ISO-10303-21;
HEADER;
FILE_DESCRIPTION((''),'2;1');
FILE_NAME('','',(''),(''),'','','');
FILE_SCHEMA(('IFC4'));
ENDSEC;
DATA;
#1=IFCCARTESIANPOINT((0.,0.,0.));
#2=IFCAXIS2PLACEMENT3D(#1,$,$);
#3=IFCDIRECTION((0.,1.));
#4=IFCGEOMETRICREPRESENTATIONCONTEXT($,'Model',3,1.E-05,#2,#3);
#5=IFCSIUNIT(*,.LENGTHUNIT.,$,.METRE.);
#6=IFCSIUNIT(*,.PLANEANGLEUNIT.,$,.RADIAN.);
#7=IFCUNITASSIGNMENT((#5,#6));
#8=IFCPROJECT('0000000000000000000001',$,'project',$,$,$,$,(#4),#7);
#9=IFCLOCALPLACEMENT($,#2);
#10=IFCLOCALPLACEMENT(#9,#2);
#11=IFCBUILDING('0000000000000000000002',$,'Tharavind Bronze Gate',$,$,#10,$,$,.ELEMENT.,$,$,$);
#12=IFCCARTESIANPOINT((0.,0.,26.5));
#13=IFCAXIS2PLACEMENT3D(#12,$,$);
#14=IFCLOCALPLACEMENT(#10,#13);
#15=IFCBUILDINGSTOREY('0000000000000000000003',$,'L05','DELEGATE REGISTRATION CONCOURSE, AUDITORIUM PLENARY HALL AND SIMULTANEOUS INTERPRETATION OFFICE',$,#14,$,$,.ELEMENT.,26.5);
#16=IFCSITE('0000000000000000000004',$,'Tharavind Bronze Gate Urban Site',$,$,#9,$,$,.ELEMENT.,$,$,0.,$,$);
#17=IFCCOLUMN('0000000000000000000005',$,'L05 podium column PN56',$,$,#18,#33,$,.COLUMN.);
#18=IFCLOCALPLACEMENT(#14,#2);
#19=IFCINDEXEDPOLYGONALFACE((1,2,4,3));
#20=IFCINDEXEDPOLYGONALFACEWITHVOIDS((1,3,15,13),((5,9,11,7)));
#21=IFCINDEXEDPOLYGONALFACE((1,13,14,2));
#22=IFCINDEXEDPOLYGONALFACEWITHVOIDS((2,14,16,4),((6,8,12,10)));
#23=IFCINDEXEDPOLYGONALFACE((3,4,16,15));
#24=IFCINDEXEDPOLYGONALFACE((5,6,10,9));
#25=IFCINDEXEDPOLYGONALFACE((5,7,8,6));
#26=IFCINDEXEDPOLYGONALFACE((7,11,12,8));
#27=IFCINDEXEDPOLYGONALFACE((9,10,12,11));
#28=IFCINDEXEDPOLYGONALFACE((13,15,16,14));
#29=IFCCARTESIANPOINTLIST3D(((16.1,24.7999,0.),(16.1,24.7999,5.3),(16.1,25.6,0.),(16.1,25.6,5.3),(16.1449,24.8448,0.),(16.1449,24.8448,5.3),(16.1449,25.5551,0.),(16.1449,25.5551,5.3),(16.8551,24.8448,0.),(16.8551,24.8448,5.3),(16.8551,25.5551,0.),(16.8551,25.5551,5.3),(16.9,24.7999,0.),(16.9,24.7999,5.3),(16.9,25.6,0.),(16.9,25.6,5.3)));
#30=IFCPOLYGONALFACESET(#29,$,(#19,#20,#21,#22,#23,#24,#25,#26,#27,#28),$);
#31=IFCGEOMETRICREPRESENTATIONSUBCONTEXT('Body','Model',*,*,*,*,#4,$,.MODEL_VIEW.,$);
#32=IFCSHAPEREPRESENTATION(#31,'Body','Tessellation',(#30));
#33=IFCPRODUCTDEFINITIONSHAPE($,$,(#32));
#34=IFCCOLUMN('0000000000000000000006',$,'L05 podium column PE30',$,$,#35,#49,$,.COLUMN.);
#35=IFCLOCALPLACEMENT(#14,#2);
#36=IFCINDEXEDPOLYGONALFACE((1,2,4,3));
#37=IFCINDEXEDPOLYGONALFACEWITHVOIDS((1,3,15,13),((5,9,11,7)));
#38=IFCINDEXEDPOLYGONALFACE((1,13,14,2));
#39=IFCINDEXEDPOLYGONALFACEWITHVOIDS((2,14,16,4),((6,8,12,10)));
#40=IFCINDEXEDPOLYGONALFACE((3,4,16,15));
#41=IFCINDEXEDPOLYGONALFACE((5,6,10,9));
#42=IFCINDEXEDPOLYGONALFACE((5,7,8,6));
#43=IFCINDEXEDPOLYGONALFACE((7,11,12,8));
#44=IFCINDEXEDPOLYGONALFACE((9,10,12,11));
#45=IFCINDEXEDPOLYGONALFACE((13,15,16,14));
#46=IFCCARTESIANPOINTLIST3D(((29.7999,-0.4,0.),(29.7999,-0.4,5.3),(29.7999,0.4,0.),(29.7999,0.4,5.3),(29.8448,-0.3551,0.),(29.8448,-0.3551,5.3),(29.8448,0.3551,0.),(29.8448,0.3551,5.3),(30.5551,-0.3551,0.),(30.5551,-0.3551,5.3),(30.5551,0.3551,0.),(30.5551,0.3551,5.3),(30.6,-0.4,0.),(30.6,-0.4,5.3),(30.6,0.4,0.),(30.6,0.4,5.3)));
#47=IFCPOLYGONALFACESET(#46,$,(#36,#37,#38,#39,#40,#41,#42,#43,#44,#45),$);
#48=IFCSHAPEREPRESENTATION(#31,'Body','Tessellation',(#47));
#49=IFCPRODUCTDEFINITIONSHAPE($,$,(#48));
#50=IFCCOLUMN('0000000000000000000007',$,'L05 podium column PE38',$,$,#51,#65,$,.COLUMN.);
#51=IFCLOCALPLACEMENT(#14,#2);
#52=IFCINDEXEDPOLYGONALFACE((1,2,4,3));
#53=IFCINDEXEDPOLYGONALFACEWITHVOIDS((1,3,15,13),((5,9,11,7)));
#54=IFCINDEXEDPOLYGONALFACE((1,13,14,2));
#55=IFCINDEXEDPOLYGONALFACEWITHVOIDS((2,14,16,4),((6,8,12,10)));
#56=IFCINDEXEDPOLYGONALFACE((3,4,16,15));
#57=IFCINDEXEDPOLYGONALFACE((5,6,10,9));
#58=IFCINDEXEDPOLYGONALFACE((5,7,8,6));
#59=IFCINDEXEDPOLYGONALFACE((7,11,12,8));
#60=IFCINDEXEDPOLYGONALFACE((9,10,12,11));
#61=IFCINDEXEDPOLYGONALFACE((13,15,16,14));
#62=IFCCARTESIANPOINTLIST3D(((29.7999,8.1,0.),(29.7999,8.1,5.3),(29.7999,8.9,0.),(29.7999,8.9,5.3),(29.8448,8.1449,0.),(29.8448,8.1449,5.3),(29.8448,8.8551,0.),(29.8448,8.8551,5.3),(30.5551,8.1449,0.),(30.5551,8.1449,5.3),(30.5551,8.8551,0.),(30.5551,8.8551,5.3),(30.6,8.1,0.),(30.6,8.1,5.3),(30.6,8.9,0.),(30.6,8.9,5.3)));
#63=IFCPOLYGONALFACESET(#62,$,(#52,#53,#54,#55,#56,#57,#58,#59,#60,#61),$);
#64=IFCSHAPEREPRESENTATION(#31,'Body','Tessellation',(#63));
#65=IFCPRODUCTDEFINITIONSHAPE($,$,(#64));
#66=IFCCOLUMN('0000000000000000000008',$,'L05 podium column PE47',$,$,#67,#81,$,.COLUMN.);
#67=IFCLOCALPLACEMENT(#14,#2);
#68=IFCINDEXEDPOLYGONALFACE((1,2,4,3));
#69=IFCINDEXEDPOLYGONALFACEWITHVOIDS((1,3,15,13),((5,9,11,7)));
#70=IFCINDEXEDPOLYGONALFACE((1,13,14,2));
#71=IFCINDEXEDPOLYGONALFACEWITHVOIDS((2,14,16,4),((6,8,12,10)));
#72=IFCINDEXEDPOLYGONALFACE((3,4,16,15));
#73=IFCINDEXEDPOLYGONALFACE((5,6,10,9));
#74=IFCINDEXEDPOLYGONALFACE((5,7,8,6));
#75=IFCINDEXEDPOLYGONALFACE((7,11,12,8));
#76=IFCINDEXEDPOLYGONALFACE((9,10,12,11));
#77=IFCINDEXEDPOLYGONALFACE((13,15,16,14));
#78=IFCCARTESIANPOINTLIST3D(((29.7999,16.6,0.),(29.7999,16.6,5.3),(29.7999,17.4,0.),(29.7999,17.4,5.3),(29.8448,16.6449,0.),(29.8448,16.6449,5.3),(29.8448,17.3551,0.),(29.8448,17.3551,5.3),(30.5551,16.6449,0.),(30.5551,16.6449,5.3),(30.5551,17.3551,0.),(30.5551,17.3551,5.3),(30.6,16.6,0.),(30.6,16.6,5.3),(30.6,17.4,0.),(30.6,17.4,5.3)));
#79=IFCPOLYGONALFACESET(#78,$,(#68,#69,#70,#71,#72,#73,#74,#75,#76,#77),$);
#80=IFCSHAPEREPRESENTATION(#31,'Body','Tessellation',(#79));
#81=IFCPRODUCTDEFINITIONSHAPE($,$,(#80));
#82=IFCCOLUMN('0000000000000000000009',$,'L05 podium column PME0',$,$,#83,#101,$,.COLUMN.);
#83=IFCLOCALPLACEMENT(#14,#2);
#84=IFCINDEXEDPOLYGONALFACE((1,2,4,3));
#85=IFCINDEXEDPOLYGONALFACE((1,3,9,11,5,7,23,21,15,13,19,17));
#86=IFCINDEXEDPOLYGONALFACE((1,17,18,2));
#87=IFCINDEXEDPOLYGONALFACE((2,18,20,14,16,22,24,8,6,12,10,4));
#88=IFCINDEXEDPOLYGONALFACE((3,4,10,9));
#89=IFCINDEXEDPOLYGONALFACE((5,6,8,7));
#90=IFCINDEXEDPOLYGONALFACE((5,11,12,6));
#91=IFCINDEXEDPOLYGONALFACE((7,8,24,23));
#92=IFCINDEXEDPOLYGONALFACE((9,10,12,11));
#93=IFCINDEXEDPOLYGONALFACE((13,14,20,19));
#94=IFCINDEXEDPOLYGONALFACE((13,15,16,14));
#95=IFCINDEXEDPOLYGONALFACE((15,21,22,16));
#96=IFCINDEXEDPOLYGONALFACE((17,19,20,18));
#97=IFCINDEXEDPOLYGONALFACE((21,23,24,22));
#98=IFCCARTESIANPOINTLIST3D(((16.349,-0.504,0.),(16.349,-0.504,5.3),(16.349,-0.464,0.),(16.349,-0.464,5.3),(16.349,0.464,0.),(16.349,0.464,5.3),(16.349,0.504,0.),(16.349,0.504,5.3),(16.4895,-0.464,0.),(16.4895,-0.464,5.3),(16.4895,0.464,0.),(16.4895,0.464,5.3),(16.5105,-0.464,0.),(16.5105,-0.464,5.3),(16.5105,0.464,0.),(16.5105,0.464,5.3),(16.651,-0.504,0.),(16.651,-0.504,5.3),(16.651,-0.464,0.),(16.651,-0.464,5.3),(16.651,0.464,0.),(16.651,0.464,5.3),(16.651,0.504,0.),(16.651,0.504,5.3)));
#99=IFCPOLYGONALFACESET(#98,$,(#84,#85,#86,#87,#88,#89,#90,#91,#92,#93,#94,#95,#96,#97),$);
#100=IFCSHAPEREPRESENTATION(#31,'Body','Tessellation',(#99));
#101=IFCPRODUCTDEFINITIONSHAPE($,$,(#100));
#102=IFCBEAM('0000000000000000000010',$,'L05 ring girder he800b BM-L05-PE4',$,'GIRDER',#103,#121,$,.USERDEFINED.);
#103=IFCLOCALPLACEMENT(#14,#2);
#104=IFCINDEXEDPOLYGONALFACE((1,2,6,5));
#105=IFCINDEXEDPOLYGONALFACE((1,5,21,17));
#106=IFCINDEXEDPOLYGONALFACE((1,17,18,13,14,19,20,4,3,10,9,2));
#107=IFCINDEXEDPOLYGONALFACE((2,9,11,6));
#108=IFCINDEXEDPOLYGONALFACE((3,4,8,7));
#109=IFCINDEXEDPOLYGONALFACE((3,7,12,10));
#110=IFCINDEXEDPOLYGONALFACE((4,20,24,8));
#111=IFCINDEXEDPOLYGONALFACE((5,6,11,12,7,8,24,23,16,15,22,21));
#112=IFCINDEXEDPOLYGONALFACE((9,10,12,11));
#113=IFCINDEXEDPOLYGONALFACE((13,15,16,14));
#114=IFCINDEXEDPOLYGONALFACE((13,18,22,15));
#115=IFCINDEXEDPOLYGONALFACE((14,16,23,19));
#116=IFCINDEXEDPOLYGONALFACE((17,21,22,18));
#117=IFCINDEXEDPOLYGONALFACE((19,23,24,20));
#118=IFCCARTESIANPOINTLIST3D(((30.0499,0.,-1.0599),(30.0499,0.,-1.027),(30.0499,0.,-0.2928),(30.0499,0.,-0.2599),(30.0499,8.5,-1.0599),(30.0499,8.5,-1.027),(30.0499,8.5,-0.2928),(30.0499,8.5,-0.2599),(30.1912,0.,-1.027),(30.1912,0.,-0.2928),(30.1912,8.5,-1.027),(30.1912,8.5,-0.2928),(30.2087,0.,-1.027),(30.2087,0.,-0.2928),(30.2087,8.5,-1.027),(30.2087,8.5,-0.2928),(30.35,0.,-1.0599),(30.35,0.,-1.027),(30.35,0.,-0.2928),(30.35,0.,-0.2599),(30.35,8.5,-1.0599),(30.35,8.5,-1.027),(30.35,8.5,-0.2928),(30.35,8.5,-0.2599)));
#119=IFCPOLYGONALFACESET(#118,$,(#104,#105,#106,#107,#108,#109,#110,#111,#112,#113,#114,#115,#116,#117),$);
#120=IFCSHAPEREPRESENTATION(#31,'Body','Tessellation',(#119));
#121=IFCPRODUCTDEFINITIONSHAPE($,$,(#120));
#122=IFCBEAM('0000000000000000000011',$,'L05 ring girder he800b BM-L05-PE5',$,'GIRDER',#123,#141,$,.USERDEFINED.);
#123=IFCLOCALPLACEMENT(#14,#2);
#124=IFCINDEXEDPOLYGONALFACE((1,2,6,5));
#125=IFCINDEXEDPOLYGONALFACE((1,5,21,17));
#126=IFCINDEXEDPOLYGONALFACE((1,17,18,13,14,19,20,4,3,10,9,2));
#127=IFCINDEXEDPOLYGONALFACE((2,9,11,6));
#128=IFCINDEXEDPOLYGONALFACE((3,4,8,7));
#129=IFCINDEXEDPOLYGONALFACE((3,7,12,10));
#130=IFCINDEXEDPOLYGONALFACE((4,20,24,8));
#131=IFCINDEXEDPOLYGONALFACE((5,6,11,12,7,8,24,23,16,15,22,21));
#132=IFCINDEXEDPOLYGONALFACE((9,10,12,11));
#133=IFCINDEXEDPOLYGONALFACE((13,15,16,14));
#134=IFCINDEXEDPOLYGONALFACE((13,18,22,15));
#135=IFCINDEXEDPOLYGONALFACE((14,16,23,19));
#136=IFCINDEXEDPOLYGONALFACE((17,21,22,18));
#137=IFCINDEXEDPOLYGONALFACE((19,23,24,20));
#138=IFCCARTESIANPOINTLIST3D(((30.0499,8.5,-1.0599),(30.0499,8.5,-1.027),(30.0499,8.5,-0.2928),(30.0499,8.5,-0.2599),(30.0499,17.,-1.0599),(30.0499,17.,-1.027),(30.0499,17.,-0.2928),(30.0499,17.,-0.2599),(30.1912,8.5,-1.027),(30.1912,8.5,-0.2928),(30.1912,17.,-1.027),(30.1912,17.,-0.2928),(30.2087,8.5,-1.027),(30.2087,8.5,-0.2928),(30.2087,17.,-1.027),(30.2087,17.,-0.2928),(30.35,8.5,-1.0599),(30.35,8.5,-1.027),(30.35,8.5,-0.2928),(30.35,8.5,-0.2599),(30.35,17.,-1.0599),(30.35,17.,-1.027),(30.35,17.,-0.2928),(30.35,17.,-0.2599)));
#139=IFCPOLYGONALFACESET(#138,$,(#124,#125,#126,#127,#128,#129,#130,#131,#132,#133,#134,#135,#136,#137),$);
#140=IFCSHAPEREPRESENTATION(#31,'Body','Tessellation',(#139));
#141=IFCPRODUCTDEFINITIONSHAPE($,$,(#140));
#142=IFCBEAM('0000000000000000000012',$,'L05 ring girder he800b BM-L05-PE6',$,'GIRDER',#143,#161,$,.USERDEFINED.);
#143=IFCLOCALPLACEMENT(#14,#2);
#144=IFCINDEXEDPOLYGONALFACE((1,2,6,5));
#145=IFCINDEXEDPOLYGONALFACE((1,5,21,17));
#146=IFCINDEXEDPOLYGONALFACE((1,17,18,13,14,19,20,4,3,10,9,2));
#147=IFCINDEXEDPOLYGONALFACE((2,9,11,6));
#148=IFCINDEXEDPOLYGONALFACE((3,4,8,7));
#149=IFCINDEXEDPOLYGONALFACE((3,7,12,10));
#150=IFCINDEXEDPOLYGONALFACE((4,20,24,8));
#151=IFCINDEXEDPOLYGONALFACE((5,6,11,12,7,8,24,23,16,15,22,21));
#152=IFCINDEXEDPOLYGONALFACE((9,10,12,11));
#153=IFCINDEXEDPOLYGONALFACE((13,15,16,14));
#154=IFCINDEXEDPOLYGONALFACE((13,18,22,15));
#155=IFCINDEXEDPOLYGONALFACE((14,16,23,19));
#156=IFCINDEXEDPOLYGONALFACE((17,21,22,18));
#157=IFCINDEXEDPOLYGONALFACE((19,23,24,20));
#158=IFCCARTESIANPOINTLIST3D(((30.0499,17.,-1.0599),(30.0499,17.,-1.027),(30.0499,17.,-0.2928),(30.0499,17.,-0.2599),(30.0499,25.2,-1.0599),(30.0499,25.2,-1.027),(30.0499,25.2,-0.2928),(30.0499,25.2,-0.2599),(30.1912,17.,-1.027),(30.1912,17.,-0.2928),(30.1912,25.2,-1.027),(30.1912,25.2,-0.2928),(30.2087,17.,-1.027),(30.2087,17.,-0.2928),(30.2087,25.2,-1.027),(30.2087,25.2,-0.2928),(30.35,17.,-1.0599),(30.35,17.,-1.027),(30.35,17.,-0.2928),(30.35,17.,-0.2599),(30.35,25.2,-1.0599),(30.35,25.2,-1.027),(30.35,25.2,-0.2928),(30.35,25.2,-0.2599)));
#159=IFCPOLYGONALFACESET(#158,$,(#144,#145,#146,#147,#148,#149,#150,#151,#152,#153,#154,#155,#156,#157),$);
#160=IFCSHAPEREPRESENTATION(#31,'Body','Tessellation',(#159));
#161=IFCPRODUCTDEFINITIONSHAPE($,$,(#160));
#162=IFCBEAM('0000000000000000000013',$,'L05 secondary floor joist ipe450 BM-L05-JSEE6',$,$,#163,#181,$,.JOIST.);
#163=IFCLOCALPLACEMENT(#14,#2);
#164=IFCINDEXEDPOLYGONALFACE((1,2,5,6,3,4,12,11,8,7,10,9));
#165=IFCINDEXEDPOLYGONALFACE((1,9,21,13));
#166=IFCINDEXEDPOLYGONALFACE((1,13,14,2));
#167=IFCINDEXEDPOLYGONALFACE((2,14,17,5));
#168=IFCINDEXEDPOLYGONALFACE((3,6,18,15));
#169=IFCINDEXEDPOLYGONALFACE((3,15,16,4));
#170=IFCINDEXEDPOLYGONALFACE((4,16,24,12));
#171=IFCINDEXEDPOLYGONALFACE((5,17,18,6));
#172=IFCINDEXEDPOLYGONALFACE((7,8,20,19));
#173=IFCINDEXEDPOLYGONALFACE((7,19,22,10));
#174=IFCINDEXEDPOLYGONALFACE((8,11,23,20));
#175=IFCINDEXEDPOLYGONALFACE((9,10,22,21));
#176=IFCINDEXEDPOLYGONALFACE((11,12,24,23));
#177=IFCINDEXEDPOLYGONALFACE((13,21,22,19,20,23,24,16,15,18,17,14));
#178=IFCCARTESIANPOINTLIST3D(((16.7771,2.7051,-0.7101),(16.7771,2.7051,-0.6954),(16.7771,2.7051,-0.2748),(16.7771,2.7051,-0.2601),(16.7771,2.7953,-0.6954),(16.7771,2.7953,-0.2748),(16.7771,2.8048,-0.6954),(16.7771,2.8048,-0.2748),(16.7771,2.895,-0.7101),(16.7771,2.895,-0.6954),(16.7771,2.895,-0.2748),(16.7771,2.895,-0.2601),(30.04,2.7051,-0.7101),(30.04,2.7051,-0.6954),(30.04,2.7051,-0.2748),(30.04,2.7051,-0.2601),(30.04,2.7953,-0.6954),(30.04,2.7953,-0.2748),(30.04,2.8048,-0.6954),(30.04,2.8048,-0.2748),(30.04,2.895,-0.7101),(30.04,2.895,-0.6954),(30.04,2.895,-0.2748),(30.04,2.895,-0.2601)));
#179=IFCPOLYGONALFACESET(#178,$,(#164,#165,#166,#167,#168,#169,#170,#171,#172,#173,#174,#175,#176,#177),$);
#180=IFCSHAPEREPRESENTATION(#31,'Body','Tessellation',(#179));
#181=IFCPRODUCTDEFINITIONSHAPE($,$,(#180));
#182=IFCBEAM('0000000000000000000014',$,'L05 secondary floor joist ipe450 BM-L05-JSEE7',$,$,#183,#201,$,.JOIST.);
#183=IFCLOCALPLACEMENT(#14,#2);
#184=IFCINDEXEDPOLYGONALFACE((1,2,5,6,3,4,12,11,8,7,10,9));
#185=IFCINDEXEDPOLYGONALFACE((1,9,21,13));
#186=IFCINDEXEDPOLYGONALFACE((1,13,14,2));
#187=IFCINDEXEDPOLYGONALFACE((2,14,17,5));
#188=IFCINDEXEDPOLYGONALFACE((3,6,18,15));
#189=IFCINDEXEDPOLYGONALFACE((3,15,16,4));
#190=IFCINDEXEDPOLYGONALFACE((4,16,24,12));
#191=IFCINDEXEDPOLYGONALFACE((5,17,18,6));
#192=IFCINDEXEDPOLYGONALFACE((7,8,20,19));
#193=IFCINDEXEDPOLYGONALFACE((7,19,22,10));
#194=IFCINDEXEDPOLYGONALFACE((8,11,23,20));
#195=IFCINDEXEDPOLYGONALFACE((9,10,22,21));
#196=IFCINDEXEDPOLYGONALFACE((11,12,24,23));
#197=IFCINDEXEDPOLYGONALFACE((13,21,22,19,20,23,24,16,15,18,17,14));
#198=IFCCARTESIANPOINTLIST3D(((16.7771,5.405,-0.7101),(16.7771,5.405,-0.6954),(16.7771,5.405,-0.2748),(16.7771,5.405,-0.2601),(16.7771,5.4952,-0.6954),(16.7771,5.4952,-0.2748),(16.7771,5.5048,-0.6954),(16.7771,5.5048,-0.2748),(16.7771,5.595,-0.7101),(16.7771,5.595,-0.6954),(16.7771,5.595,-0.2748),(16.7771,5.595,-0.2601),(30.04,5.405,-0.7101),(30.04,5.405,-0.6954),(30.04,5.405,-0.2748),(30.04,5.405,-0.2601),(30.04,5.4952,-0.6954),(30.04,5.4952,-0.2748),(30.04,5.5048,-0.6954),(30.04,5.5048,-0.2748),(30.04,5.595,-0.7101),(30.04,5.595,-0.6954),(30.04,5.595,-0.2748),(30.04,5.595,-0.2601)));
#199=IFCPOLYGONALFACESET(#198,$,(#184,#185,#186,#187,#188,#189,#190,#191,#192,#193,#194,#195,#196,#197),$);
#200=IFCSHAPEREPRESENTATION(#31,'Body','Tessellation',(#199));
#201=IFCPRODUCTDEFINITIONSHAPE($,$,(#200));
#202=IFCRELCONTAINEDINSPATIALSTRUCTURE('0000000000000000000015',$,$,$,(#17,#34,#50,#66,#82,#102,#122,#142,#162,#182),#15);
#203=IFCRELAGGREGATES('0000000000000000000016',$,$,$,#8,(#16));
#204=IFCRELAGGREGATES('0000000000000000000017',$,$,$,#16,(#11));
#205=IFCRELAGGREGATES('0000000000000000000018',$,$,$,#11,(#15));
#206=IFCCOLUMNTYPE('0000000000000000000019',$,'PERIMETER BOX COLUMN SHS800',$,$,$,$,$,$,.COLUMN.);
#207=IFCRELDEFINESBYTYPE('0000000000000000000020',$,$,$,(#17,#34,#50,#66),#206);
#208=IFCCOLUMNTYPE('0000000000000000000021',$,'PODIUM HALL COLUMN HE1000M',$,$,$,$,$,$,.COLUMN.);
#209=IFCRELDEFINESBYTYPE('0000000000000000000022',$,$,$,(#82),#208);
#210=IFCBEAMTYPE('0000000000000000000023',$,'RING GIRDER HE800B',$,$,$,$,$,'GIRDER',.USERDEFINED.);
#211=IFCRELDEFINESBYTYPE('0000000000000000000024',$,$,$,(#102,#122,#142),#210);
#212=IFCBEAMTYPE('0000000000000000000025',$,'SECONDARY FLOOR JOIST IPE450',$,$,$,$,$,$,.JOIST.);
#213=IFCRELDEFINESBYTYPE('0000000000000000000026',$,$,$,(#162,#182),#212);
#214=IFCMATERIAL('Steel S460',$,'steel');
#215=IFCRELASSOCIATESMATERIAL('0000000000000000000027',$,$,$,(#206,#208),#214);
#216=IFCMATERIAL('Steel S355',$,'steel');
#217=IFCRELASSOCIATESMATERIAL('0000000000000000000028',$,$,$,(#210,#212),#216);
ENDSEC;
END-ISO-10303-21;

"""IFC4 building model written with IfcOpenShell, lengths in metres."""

from ifc_helpers import new_model, si_unit, direction, frame, origin, origin_2d, place, context, subcontext, project, spatial, hollow_rectangle, i_section, extrude, material, material_profile, profile_set, type_object, element, save


model = new_model("IFC4")

# Units and contexts
model_context = context("Model", 3, precision=1e-05, world=origin(), true_north=direction((0.0, 1.0)))
body_context = subcontext(model_context, "Body", "Model", "MODEL_VIEW")
ifc_project = project(units=[si_unit("LENGTHUNIT", "METRE"), si_unit("PLANEANGLEUNIT", "RADIAN")], contexts=[model_context])

# Site, building, storey
site_placement = place(None, origin())
site = spatial("IfcSite", under=ifc_project, at=site_placement, Name="Tharavind Bronze Gate Urban Site", CompositionType="ELEMENT", RefElevation=0.0)
building_placement = place(site_placement, origin())
building = spatial("IfcBuilding", under=site, at=building_placement, Name="Tharavind Bronze Gate", CompositionType="ELEMENT")
storey_placement = place(building_placement, frame((0.0, 0.0, 26.5)))
storey = spatial("IfcBuildingStorey", under=building, at=storey_placement, Name="L05", Description="DELEGATE REGISTRATION CONCOURSE, AUDITORIUM PLENARY HALL AND SIMULTANEOUS INTERPRETATION OFFICE", CompositionType="ELEMENT", Elevation=26.5)

# Columns
ifc_material_1 = material(Name="Steel S460", Category="steel")
ifc_material_profile_1 = material_profile(ifc_material_1, hollow_rectangle(XDim=0.8, YDim=0.8, WallThickness=0.0449, at=origin_2d()), Name="SHS800X45")
ifc_profile_set_1 = profile_set([ifc_material_profile_1], Name="Steel S460")
column_type_1 = type_object("IfcColumnType", Name="PERIMETER BOX COLUMN SHS800", PredefinedType="COLUMN", material=ifc_profile_set_1)
for number, where, z_axis, x_axis, name in (
    (1, (16.5, 25.2, 0.0), (0.0, 0.0, 1.0), (1.0, 0.0, 0.0), "L05 podium column PN56"),
    (2, (30.2, 0.0, 0.0), (0.0, 0.0, 1.0), (1.0, 0.0, 0.0), "L05 podium column PE30"),
    (3, (30.2, 8.5, 0.0), (0.0, 0.0, 1.0), (1.0, 0.0, 0.0), "L05 podium column PE38"),
    (4, (30.2, 17.0, 0.0), (0.0, 0.0, 1.0), (1.0, 0.0, 0.0), "L05 podium column PE47"),
):
    element("IfcColumn", number, at=place(storey_placement, frame(where, z_axis=z_axis, x_axis=x_axis)), inside=storey, type_object=column_type_1, Name=name, PredefinedType="COLUMN", context=body_context, shape_type="SweptSolid", body=[
        extrude(hollow_rectangle(XDim=0.8, YDim=0.8, WallThickness=0.0449, at=origin_2d()), origin(), (0.0, 0.0, 1.0), 5.3),
    ])
ifc_material_profile_2 = material_profile(ifc_material_1, i_section(OverallWidth=0.302, OverallDepth=1.0081, WebThickness=0.021, FlangeThickness=0.04, at=origin_2d()), Name="HE1000M")
ifc_profile_set_2 = profile_set([ifc_material_profile_2], Name="Steel S460")
column_type_2 = type_object("IfcColumnType", Name="PODIUM HALL COLUMN HE1000M", PredefinedType="COLUMN", material=ifc_profile_set_2)
column_placement = place(storey_placement, frame((16.5, 0.0, 0.0), z_axis=(0.0, 0.0, 1.0), x_axis=(1.0, 0.0, 0.0)))
element("IfcColumn", 5, at=column_placement, inside=storey, type_object=column_type_2, Name="L05 podium column PME0", PredefinedType="COLUMN", context=body_context, shape_type="SweptSolid", body=[
    extrude(i_section(OverallWidth=0.302, OverallDepth=1.0081, WebThickness=0.021, FlangeThickness=0.04, at=origin_2d()), origin(), (0.0, 0.0, 1.0), 5.3),
])

# Beams
ifc_material_2 = material(Name="Steel S355", Category="steel")
ifc_material_profile_3 = material_profile(ifc_material_2, i_section(OverallWidth=0.3, OverallDepth=0.8, WebThickness=0.0176, FlangeThickness=0.033, at=origin_2d()), Name="HE800B")
ifc_profile_set_3 = profile_set([ifc_material_profile_3], Name="Steel S355")
beam_type_1 = type_object("IfcBeamType", Name="RING GIRDER HE800B", ElementType="GIRDER", PredefinedType="USERDEFINED", material=ifc_profile_set_3)
for number, where, z_axis, x_axis, name in (
    (6, (30.2, 0.0, -0.6599), (0.0, 1.0, 0.0), (-1.0, 0.0, 0.0), "L05 ring girder he800b BM-L05-PE4"),
    (7, (30.2, 8.5, -0.6599), (0.0, 1.0, 0.0), (-1.0, 0.0, 0.0), "L05 ring girder he800b BM-L05-PE5"),
):
    element("IfcBeam", number, at=place(storey_placement, frame(where, z_axis=z_axis, x_axis=x_axis)), inside=storey, type_object=beam_type_1, Name=name, ObjectType="GIRDER", PredefinedType="USERDEFINED", context=body_context, shape_type="SweptSolid", body=[
        extrude(i_section(OverallWidth=0.3, OverallDepth=0.8, WebThickness=0.0176, FlangeThickness=0.033, at=origin_2d()), origin(), (0.0, 0.0, 1.0), 8.5),
    ])
beam_1_placement = place(storey_placement, frame((30.2, 17.0, -0.6599), z_axis=(0.0, 1.0, 0.0), x_axis=(-1.0, 0.0, 0.0)))
element("IfcBeam", 8, at=beam_1_placement, inside=storey, type_object=beam_type_1, Name="L05 ring girder he800b BM-L05-PE6", ObjectType="GIRDER", PredefinedType="USERDEFINED", context=body_context, shape_type="SweptSolid", body=[
    extrude(i_section(OverallWidth=0.3, OverallDepth=0.8, WebThickness=0.0176, FlangeThickness=0.033, at=origin_2d()), origin(), (0.0, 0.0, 1.0), 8.2),
])
ifc_material_profile_4 = material_profile(ifc_material_2, i_section(OverallWidth=0.1899, OverallDepth=0.45, WebThickness=0.0095, FlangeThickness=0.0146, at=origin_2d()), Name="IPE450")
ifc_profile_set_4 = profile_set([ifc_material_profile_4], Name="Steel S355")
beam_type_2 = type_object("IfcBeamType", Name="SECONDARY FLOOR JOIST IPE450", PredefinedType="JOIST", material=ifc_profile_set_4)
for number, where, z_axis, x_axis, name in (
    (9, (16.7771, 2.8, -0.4851), (1.0, 0.0, 0.0), (0.0, 1.0, 0.0), "L05 secondary floor joist ipe450 BM-L05-JSEE6"),
    (10, (16.7771, 5.5, -0.4851), (1.0, 0.0, 0.0), (0.0, 1.0, 0.0), "L05 secondary floor joist ipe450 BM-L05-JSEE7"),
):
    element("IfcBeam", number, at=place(storey_placement, frame(where, z_axis=z_axis, x_axis=x_axis)), inside=storey, type_object=beam_type_2, Name=name, PredefinedType="JOIST", context=body_context, shape_type="SweptSolid", body=[
        extrude(i_section(OverallWidth=0.1899, OverallDepth=0.45, WebThickness=0.0095, FlangeThickness=0.0146, at=origin_2d()), origin(), (0.0, 0.0, 1.0), 13.2629),
    ])

save(model, "model.ifc")
